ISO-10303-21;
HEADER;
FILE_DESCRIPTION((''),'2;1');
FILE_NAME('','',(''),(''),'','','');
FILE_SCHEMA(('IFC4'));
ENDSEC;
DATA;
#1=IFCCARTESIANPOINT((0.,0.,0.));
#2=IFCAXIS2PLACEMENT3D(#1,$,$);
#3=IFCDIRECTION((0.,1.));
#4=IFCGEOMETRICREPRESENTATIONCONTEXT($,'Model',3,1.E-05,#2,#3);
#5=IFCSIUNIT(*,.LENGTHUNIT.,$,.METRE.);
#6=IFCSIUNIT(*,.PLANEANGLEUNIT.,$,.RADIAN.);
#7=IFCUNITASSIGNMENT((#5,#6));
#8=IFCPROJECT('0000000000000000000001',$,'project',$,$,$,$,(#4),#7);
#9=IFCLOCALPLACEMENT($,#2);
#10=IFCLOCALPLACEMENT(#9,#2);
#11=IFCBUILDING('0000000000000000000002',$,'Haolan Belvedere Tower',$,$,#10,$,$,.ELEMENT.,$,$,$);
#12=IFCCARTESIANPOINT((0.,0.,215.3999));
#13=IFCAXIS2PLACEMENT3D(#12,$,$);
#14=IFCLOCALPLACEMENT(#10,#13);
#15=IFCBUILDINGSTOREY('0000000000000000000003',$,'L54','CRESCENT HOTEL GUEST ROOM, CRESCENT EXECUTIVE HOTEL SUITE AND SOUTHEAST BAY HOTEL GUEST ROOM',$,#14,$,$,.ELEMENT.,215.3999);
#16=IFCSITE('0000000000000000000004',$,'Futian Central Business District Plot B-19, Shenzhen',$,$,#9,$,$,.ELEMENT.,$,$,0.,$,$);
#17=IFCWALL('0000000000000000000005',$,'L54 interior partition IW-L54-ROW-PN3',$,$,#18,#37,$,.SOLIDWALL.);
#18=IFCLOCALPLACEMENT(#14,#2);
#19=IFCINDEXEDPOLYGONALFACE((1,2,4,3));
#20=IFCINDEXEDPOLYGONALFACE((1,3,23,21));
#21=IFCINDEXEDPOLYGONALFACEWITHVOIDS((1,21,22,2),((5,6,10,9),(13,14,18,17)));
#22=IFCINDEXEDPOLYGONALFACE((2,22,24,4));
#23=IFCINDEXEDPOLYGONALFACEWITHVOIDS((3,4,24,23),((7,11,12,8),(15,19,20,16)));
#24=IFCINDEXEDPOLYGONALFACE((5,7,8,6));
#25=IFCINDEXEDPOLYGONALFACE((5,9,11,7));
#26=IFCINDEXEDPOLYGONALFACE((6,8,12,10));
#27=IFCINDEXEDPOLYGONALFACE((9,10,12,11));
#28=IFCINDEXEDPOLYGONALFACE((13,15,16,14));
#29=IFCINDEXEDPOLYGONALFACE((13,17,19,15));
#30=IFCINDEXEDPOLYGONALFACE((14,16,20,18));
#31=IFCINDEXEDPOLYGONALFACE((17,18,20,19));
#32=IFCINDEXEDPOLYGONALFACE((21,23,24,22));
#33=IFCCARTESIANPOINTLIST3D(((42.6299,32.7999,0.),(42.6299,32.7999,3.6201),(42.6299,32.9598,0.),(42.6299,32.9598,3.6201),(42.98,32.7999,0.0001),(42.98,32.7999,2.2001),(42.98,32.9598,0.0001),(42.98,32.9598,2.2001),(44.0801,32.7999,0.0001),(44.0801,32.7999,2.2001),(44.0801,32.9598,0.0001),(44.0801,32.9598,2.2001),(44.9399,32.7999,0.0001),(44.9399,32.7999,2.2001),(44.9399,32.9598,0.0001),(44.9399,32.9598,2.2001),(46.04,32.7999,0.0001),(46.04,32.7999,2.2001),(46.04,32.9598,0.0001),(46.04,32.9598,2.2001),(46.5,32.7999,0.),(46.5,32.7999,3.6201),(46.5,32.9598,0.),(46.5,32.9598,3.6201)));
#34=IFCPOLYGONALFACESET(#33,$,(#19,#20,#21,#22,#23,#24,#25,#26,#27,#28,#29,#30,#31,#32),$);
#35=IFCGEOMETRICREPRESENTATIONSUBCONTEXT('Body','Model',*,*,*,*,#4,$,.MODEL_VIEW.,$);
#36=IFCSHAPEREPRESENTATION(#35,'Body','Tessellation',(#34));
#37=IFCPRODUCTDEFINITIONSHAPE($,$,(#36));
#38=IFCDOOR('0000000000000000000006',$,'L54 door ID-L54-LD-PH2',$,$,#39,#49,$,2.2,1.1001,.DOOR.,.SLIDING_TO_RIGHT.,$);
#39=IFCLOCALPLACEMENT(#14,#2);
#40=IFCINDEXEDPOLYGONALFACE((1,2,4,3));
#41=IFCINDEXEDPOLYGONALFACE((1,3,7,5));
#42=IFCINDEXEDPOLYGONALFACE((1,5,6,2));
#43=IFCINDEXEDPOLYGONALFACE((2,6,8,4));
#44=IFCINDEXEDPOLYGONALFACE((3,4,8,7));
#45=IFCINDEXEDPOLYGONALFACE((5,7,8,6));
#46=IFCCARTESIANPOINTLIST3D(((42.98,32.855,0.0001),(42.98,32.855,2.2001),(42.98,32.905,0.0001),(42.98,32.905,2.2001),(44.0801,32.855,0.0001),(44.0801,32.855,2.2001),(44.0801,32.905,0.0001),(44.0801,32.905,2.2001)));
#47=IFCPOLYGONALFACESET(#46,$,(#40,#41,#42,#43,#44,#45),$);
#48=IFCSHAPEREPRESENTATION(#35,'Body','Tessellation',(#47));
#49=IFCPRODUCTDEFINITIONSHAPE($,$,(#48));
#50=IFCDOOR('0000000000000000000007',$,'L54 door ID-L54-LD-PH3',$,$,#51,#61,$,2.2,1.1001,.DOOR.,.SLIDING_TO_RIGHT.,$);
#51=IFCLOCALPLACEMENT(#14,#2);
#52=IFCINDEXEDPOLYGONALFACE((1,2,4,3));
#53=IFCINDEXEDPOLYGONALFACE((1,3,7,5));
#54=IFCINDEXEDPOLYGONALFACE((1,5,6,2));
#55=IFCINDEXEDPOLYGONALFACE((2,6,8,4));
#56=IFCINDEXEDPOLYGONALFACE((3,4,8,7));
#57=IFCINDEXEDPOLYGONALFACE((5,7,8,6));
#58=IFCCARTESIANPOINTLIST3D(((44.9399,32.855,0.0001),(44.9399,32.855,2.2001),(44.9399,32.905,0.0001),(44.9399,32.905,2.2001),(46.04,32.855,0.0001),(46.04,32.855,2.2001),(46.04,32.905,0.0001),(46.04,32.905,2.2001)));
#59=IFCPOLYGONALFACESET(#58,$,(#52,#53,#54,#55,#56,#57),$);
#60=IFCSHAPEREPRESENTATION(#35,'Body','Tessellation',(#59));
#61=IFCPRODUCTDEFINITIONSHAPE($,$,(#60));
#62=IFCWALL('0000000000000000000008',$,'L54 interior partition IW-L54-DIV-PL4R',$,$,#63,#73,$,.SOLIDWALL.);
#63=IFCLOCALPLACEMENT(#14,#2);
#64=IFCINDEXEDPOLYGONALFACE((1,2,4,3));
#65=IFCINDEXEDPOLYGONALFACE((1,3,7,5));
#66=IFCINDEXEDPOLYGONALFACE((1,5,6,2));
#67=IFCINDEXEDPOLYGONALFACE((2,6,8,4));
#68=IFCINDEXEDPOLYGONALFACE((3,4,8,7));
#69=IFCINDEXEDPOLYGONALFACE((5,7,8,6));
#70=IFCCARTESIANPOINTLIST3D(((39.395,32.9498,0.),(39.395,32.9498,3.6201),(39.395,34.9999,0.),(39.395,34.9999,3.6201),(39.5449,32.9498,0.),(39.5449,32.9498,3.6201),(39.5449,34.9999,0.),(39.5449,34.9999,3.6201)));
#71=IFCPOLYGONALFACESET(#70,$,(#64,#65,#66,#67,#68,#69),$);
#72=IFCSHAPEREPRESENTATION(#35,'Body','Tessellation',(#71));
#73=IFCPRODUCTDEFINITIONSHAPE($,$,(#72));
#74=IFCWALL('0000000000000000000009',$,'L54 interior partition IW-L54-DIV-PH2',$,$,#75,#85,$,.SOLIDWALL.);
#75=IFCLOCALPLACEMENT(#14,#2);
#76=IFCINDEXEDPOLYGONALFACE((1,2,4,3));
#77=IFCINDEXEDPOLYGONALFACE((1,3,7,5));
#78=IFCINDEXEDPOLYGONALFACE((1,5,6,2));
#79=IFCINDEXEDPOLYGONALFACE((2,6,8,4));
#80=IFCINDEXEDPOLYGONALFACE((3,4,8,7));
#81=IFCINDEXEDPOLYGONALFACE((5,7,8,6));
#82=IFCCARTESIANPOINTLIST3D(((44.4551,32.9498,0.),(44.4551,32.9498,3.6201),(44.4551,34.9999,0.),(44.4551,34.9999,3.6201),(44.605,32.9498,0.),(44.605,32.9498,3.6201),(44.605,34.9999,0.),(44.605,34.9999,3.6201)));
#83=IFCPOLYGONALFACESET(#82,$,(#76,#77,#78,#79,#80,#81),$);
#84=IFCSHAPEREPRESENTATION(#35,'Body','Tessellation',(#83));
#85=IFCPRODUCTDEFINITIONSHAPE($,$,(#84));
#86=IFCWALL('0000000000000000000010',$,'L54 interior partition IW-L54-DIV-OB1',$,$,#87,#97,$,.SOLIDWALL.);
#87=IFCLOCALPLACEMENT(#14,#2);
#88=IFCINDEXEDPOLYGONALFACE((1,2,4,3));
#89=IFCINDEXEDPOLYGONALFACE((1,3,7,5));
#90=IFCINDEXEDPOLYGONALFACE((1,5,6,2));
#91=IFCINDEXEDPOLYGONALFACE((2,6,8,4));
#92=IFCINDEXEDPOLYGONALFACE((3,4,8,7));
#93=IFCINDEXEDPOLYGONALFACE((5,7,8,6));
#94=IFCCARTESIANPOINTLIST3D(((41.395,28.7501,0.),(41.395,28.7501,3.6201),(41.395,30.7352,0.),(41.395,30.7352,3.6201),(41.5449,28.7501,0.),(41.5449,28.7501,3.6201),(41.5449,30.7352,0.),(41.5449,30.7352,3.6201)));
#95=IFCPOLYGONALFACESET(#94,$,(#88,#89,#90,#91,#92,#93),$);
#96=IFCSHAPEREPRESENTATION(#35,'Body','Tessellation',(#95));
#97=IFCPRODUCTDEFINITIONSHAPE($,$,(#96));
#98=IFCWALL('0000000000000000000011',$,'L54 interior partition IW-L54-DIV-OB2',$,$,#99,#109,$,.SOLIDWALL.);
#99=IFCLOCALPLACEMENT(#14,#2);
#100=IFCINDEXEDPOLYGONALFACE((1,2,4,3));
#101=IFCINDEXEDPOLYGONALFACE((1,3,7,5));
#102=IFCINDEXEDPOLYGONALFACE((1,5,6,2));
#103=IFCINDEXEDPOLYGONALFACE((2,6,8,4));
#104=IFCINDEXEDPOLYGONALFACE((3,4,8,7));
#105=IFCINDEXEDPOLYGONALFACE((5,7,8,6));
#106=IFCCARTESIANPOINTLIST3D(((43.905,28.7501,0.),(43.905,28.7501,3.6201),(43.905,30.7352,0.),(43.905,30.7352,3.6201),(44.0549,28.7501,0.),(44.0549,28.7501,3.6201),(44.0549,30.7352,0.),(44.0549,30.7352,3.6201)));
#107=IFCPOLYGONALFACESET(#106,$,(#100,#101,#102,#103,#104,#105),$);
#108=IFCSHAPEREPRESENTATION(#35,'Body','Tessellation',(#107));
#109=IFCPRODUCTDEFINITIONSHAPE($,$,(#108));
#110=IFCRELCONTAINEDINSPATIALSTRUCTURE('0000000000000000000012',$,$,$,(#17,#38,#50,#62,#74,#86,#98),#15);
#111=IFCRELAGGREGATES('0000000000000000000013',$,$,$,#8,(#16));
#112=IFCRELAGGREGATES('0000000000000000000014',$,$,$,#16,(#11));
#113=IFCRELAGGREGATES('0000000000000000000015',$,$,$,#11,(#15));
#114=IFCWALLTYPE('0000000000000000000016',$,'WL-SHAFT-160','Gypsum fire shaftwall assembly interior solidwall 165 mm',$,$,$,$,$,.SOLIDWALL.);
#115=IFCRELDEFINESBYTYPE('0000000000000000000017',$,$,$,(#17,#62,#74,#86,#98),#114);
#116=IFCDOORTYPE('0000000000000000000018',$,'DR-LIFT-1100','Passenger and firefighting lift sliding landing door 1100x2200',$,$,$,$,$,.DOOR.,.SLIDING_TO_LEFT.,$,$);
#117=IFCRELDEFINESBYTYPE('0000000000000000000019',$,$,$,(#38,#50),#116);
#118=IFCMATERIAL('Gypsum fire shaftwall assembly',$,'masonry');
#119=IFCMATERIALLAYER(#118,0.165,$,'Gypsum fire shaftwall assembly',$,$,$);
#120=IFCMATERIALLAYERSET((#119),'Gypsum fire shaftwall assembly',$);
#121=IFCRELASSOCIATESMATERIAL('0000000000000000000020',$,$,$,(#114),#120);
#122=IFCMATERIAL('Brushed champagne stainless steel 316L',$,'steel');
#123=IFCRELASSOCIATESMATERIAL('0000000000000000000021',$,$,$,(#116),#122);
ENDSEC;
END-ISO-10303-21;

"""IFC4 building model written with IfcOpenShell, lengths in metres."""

from ifc_helpers import new_model, si_unit, direction, frame, frame_2d, origin, place, context, subcontext, project, spatial, rectangle, extrude, material, layer, layer_set, type_object, element, fill, save


model = new_model("IFC4")

# Units and contexts
model_context = context("Model", 3, precision=1e-05, world=origin(), true_north=direction((0.0, 1.0)))
body_context = subcontext(model_context, "Body", "Model", "MODEL_VIEW")
ifc_project = project(units=[si_unit("LENGTHUNIT", "METRE"), si_unit("PLANEANGLEUNIT", "RADIAN")], contexts=[model_context])

# Site, building, storey
site_placement = place(None, origin())
site = spatial("IfcSite", under=ifc_project, at=site_placement, Name="Futian Central Business District Plot B-19, Shenzhen", CompositionType="ELEMENT", RefElevation=0.0)
building_placement = place(site_placement, origin())
building = spatial("IfcBuilding", under=site, at=building_placement, Name="Haolan Belvedere Tower", CompositionType="ELEMENT")
storey_placement = place(building_placement, frame((0.0, 0.0, 215.3999)))
storey = spatial("IfcBuildingStorey", under=building, at=storey_placement, Name="L54", Description="CRESCENT HOTEL GUEST ROOM, CRESCENT EXECUTIVE HOTEL SUITE AND SOUTHEAST BAY HOTEL GUEST ROOM", CompositionType="ELEMENT", Elevation=215.3999)

# Shared definitions
ifc_material_1 = material(Name="Gypsum fire shaftwall assembly", Category="masonry")
ifc_layer_1 = layer(ifc_material_1, 0.165, Name="Gypsum fire shaftwall assembly")
ifc_layer_set_1 = layer_set([ifc_layer_1], Name="Gypsum fire shaftwall assembly")
wall_type_1 = type_object("IfcWallType", Name="WL-SHAFT-160", Description="Gypsum fire shaftwall assembly interior solidwall 165 mm", PredefinedType="SOLIDWALL", material=ifc_layer_set_1)

# Wall, openings, doors
wall_1_placement = place(storey_placement, frame((42.6299, 32.8799, 0.0), z_axis=(0.0, 0.0, 1.0), x_axis=(1.0, 0.0, 0.0)))
wall_1 = element("IfcWall", 1, at=wall_1_placement, inside=storey, type_object=wall_type_1, Name="L54 interior partition IW-L54-ROW-PN3", PredefinedType="SOLIDWALL", context=body_context, shape_type="SweptSolid", body=[
    extrude(rectangle(XDim=3.8701, YDim=0.1599, at=frame_2d((1.9351, 0.0))), origin(), (0.0, 0.0, 1.0), 3.6201),
])
opening_1_placement = place(wall_1_placement, frame((1.4502, 0.0, 0.0), z_axis=(0.0, 0.0, 1.0), x_axis=(-1.0, 0.0, 0.0)))
opening_1 = element("IfcOpeningElement", 2, at=opening_1_placement, cuts=wall_1, PredefinedType="OPENING", context=body_context, shape_type="SweptSolid", body=[
    extrude(rectangle(XDim=1.1001, YDim=2.2, at=frame_2d((0.55, 1.1001))), frame((0.0, 0.0898, 0.0), z_axis=(0.0, -1.0, 0.0), x_axis=(1.0, 0.0, 0.0)), (0.0, 0.0, 1.0), 0.1799),
])
opening_2_placement = place(wall_1_placement, frame((3.4102, 0.0, 0.0), z_axis=(0.0, 0.0, 1.0), x_axis=(-1.0, 0.0, 0.0)))
opening_2 = element("IfcOpeningElement", 3, at=opening_2_placement, cuts=wall_1, PredefinedType="OPENING", context=body_context, shape_type="SweptSolid", body=[
    extrude(rectangle(XDim=1.1001, YDim=2.2, at=frame_2d((0.55, 1.1001))), frame((0.0, 0.0898, 0.0), z_axis=(0.0, -1.0, 0.0), x_axis=(1.0, 0.0, 0.0)), (0.0, 0.0, 1.0), 0.1799),
])
ifc_material_2 = material(Name="Brushed champagne stainless steel 316L", Category="steel")
door_type_1 = type_object("IfcDoorType", Name="DR-LIFT-1100", Description="Passenger and firefighting lift sliding landing door 1100x2200", OperationType="SLIDING_TO_LEFT", PredefinedType="DOOR", material=ifc_material_2)
door_1_placement = place(opening_1_placement, origin())
door_1 = element("IfcDoor", 4, at=door_1_placement, inside=storey, type_object=door_type_1, Name="L54 door ID-L54-LD-PH2", OperationType="SLIDING_TO_RIGHT", OverallHeight=2.2, OverallWidth=1.1001, PredefinedType="DOOR", context=body_context, shape_type="SweptSolid", body=[
    extrude(rectangle(XDim=1.1001, YDim=2.2, at=frame_2d((0.55, 1.1001))), frame((0.0, 0.0249, 0.0), z_axis=(0.0, -1.0, 0.0), x_axis=(1.0, 0.0, 0.0)), (0.0, 0.0, 1.0), 0.05),
])
fill(opening_1, door_1)
door_2_placement = place(opening_2_placement, origin())
door_2 = element("IfcDoor", 5, at=door_2_placement, inside=storey, type_object=door_type_1, Name="L54 door ID-L54-LD-PH3", OperationType="SLIDING_TO_RIGHT", OverallHeight=2.2, OverallWidth=1.1001, PredefinedType="DOOR", context=body_context, shape_type="SweptSolid", body=[
    extrude(rectangle(XDim=1.1001, YDim=2.2, at=frame_2d((0.55, 1.1001))), frame((0.0, 0.0249, 0.0), z_axis=(0.0, -1.0, 0.0), x_axis=(1.0, 0.0, 0.0)), (0.0, 0.0, 1.0), 0.05),
])
fill(opening_2, door_2)

# Walls
for number, where, z_axis, x_axis, name in (
    (6, (39.47, 32.95, 0.0), (0.0, 0.0, 1.0), (0.0, 1.0, 0.0), "L54 interior partition IW-L54-DIV-PL4R"),
    (7, (44.53, 32.95, 0.0), (0.0, 0.0, 1.0), (0.0, 1.0, 0.0), "L54 interior partition IW-L54-DIV-PH2"),
):
    element("IfcWall", number, at=place(storey_placement, frame(where, z_axis=z_axis, x_axis=x_axis)), inside=storey, type_object=wall_type_1, Name=name, PredefinedType="SOLIDWALL", context=body_context, shape_type="SweptSolid", body=[
        extrude(rectangle(XDim=2.05, YDim=0.1499, at=frame_2d((1.0249, 0.0))), origin(), (0.0, 0.0, 1.0), 3.6201),
    ])
for number, where, z_axis, x_axis, name in (
    (8, (41.47, 28.75, 0.0), (0.0, 0.0, 1.0), (0.0, 1.0, 0.0), "L54 interior partition IW-L54-DIV-OB1"),
    (9, (43.98, 28.75, 0.0), (0.0, 0.0, 1.0), (0.0, 1.0, 0.0), "L54 interior partition IW-L54-DIV-OB2"),
):
    element("IfcWall", number, at=place(storey_placement, frame(where, z_axis=z_axis, x_axis=x_axis)), inside=storey, type_object=wall_type_1, Name=name, PredefinedType="SOLIDWALL", context=body_context, shape_type="SweptSolid", body=[
        extrude(rectangle(XDim=1.9851, YDim=0.1499, at=frame_2d((0.9927, 0.0))), origin(), (0.0, 0.0, 1.0), 3.6201),
    ])

save(model, "model.ifc")
